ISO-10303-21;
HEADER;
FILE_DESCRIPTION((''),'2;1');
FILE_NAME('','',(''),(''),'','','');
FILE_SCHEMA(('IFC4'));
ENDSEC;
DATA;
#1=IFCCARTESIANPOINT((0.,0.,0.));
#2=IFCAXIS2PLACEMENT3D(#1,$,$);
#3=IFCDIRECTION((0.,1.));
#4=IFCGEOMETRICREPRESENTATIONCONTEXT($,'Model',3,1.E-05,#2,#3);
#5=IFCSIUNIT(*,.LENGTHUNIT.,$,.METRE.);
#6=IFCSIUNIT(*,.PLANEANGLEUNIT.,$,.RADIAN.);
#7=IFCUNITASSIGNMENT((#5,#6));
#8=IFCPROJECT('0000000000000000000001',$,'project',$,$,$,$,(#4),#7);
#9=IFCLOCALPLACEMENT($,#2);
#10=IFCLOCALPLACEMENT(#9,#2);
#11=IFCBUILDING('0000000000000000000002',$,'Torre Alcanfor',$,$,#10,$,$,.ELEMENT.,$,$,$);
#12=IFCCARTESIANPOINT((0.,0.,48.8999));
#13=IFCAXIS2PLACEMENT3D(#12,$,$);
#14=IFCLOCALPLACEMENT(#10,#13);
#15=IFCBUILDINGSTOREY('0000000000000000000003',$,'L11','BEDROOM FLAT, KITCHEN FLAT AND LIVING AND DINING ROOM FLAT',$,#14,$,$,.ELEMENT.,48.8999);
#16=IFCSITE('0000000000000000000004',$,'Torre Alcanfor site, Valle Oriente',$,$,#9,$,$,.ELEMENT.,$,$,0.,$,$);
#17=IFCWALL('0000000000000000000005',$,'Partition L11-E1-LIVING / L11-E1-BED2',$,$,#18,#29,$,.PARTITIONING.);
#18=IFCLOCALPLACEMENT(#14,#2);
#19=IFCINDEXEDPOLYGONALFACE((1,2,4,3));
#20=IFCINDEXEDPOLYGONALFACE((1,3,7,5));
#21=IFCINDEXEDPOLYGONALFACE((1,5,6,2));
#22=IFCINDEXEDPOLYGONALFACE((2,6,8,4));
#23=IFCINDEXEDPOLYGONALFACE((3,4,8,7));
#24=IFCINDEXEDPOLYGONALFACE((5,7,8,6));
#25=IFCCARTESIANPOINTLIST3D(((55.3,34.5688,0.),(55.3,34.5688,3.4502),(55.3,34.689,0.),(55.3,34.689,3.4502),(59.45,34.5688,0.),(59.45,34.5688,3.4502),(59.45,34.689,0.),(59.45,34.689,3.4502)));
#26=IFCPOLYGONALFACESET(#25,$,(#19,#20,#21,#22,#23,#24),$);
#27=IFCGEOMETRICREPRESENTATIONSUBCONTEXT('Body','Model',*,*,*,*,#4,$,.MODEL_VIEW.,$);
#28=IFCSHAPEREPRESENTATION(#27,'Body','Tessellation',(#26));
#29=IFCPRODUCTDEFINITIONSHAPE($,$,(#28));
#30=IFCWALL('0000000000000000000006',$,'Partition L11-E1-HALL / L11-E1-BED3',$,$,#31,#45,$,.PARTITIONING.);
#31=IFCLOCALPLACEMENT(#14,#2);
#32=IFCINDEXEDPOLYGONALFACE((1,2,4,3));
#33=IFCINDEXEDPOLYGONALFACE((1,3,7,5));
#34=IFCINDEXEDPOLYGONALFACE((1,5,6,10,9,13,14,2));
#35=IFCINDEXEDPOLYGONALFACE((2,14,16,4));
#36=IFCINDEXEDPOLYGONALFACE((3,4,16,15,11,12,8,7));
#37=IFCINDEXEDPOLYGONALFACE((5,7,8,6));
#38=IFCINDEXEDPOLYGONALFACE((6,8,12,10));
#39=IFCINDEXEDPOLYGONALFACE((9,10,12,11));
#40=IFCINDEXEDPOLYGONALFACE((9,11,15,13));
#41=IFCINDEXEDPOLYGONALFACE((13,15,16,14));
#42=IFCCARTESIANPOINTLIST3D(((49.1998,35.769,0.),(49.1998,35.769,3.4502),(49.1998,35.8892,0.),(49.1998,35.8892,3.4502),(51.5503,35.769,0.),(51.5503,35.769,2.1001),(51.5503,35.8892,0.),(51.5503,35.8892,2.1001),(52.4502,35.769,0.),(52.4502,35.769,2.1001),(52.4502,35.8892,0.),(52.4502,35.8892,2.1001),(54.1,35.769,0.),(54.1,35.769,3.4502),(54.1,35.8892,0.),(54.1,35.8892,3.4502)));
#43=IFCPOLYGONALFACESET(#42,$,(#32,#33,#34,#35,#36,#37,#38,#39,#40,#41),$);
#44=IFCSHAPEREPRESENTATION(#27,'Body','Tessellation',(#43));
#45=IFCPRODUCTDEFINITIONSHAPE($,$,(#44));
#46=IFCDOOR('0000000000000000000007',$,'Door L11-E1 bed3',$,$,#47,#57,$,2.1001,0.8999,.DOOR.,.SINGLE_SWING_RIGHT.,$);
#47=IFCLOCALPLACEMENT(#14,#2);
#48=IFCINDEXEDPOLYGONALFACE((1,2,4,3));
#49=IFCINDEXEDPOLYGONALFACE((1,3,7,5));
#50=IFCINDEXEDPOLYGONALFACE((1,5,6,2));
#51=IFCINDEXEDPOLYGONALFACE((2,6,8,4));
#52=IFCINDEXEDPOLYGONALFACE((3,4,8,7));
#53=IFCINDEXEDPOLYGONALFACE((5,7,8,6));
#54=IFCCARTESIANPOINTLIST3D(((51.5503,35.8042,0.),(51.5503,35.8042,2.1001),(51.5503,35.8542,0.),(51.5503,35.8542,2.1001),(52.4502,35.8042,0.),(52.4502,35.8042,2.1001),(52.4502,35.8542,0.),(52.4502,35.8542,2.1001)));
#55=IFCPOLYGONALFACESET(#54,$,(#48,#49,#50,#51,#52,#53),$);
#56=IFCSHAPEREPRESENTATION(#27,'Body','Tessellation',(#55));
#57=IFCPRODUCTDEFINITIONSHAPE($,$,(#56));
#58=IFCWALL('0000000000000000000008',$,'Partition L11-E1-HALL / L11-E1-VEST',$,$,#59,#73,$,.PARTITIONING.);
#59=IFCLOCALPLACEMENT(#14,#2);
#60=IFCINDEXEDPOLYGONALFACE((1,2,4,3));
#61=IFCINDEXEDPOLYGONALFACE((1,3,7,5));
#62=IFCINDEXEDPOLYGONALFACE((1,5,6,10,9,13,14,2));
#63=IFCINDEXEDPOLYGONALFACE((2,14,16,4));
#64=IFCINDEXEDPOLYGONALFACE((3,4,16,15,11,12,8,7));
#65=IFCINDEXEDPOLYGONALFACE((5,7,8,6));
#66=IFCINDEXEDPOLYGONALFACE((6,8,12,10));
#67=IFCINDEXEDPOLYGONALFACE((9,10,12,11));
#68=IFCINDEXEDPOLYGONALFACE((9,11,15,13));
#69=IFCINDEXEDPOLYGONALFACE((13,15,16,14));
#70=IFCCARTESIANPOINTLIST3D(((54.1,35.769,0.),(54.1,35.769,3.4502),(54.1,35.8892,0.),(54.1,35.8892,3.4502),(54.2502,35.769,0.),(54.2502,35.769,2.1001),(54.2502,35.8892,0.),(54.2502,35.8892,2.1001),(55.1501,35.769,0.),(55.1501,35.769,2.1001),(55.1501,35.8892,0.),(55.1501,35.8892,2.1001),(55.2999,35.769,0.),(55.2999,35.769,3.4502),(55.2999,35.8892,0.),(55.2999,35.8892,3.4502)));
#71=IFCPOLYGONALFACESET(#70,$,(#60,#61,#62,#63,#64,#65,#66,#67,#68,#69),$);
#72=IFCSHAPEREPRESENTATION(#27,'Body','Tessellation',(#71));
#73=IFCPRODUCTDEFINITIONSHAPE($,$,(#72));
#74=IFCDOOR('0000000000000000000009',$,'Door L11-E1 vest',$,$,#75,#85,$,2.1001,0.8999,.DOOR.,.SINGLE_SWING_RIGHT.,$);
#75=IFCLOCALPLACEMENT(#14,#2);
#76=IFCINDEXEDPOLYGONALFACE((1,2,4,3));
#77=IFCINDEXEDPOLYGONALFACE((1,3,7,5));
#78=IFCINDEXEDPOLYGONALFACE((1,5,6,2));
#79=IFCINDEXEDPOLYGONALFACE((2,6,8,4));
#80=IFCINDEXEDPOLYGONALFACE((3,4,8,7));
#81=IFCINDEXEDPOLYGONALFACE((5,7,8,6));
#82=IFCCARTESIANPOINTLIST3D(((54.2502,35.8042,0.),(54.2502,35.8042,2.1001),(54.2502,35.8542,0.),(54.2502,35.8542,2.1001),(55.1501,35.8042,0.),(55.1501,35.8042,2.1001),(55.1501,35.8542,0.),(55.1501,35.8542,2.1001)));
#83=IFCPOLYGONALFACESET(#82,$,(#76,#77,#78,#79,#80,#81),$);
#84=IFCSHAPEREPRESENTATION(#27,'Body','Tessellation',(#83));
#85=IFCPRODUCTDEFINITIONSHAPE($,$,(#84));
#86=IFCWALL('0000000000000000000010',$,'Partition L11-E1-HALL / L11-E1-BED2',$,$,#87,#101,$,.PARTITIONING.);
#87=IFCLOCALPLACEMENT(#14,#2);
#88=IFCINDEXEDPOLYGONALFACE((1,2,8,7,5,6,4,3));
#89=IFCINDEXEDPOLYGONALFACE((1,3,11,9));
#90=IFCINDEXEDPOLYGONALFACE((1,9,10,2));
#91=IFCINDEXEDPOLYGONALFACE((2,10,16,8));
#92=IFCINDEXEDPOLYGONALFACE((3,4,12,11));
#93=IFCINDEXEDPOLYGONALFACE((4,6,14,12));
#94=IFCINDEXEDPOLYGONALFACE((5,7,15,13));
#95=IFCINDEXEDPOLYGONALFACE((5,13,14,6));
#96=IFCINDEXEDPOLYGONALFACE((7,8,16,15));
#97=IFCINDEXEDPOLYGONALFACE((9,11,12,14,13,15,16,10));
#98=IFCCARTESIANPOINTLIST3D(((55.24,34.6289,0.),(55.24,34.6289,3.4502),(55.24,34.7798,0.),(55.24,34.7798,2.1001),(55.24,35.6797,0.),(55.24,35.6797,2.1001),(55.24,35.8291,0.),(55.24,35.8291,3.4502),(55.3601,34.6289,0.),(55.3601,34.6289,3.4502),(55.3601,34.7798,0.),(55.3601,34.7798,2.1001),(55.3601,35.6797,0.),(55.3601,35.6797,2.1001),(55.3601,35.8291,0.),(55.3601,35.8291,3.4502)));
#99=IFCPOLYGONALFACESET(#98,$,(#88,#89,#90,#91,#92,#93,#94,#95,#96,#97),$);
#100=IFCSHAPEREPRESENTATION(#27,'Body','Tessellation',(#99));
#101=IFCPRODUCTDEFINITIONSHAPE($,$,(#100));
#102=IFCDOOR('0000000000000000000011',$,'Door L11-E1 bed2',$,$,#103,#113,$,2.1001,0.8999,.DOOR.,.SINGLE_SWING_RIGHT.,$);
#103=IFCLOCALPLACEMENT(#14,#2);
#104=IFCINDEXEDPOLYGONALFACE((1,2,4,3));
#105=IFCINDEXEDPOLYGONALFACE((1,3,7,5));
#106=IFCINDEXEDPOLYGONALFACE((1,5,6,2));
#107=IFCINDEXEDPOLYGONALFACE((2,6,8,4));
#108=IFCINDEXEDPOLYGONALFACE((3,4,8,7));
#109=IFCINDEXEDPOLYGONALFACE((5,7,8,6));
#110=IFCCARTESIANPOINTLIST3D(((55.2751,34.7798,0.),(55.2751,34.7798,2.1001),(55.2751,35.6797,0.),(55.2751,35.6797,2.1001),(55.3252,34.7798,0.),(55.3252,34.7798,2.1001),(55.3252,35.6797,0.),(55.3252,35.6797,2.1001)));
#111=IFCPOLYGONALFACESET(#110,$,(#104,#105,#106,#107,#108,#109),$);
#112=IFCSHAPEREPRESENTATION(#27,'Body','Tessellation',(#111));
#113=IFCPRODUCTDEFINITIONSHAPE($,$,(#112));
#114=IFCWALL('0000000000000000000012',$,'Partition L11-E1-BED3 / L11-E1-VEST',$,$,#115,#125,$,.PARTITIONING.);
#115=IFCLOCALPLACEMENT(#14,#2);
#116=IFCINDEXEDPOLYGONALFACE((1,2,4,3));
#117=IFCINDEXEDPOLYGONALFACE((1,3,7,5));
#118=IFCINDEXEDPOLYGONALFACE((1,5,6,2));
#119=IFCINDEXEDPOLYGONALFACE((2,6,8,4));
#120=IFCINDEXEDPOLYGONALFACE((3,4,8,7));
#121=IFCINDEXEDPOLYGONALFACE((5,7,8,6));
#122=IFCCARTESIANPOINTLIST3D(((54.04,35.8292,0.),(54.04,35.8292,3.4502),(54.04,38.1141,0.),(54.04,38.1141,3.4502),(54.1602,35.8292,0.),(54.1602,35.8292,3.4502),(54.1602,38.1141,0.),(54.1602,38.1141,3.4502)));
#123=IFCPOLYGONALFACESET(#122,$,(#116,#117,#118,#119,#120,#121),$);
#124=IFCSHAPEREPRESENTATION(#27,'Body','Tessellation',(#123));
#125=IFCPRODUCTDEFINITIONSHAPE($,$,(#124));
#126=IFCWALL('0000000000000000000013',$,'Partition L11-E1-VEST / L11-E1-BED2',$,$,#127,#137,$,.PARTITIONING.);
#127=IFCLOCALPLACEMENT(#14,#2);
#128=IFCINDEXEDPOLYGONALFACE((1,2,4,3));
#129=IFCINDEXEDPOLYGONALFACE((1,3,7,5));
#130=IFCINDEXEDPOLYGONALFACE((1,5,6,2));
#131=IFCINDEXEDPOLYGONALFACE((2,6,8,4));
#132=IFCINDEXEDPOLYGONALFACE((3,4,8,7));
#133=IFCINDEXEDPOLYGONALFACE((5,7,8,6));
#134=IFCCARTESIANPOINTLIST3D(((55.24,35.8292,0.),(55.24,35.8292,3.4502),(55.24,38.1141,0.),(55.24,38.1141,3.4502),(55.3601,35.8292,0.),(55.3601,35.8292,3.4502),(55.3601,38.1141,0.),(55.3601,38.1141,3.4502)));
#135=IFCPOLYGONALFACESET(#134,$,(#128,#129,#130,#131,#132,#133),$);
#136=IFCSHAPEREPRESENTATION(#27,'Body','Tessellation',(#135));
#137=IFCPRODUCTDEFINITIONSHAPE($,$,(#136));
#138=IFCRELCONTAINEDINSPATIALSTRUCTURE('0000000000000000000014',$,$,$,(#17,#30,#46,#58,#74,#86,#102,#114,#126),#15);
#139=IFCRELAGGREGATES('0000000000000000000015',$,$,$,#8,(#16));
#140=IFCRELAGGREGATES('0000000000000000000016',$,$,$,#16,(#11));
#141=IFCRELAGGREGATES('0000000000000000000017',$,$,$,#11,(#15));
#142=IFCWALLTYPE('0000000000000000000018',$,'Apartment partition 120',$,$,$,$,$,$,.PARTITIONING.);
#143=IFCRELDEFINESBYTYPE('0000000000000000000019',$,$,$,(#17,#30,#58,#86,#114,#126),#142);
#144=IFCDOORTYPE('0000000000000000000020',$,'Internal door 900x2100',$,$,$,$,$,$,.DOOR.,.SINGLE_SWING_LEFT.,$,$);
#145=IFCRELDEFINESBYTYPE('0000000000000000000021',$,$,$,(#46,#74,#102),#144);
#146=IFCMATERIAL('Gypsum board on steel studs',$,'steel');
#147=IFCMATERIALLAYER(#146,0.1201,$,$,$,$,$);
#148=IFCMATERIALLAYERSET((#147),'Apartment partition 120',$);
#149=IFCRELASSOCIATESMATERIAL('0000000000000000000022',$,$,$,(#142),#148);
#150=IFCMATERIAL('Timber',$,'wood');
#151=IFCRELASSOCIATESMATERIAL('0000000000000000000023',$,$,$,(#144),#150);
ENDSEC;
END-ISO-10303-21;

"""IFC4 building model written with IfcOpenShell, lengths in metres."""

from ifc_helpers import new_model, si_unit, direction, frame, frame_2d, origin, place, context, subcontext, project, spatial, rectangle, extrude, material, layer, layer_set, type_object, element, fill, save


model = new_model("IFC4")

# Units and contexts
model_context = context("Model", 3, precision=1e-05, world=origin(), true_north=direction((0.0, 1.0)))
body_context = subcontext(model_context, "Body", "Model", "MODEL_VIEW")
ifc_project = project(units=[si_unit("LENGTHUNIT", "METRE"), si_unit("PLANEANGLEUNIT", "RADIAN")], contexts=[model_context])

# Site, building, storey
site_placement = place(None, origin())
site = spatial("IfcSite", under=ifc_project, at=site_placement, Name="Torre Alcanfor site, Valle Oriente", CompositionType="ELEMENT", RefElevation=0.0)
building_placement = place(site_placement, origin())
building = spatial("IfcBuilding", under=site, at=building_placement, Name="Torre Alcanfor", CompositionType="ELEMENT")
storey_placement = place(building_placement, frame((0.0, 0.0, 48.8999)))
storey = spatial("IfcBuildingStorey", under=building, at=storey_placement, Name="L11", Description="BEDROOM FLAT, KITCHEN FLAT AND LIVING AND DINING ROOM FLAT", CompositionType="ELEMENT", Elevation=48.8999)

# Shared definitions
ifc_material_1 = material(Name="Gypsum board on steel studs", Category="steel")
ifc_layer_1 = layer(ifc_material_1, 0.1201)
ifc_layer_set_1 = layer_set([ifc_layer_1], Name="Apartment partition 120")
wall_type = type_object("IfcWallType", Name="Apartment partition 120", PredefinedType="PARTITIONING", material=ifc_layer_set_1)
ifc_material_2 = material(Name="Timber", Category="wood")
door_type = type_object("IfcDoorType", Name="Internal door 900x2100", OperationType="SINGLE_SWING_LEFT", PredefinedType="DOOR", material=ifc_material_2)

# Wall
wall_1_placement = place(storey_placement, frame((59.45, 34.6289, 0.0), z_axis=(0.0, 0.0, 1.0), x_axis=(-1.0, 0.0, 0.0)))
element("IfcWall", 1, at=wall_1_placement, inside=storey, type_object=wall_type, Name="Partition L11-E1-LIVING / L11-E1-BED2", PredefinedType="PARTITIONING", context=body_context, shape_type="SweptSolid", body=[
    extrude(rectangle(XDim=4.1499, YDim=0.1201, at=frame_2d((2.075, 0.0))), origin(), (0.0, 0.0, 1.0), 3.4502),
])

# Walls, openings, doors
wall_2_placement = place(storey_placement, frame((54.1001, 35.8291, 0.0), z_axis=(0.0, 0.0, 1.0), x_axis=(-1.0, 0.0, 0.0)))
wall_2 = element("IfcWall", 2, at=wall_2_placement, inside=storey, type_object=wall_type, Name="Partition L11-E1-HALL / L11-E1-BED3", PredefinedType="PARTITIONING", context=body_context, shape_type="SweptSolid", body=[
    extrude(rectangle(XDim=4.9001, YDim=0.1201, at=frame_2d((2.4502, 0.0))), origin(), (0.0, 0.0, 1.0), 3.4502),
])
opening_1_placement = place(wall_2_placement, frame((1.6499, 0.0, 0.0)))
opening_1 = element("IfcOpeningElement", 3, at=opening_1_placement, cuts=wall_2, PredefinedType="OPENING", context=body_context, shape_type="SweptSolid", body=[
    extrude(rectangle(XDim=0.8999, YDim=2.1001, at=frame_2d((0.45, 1.05))), frame((0.0, 0.0701, 0.0), z_axis=(0.0, -1.0, 0.0), x_axis=(1.0, 0.0, 0.0)), (0.0, 0.0, 1.0), 0.1401),
])
door_1_placement = place(opening_1_placement, frame((0.8999, 0.0, 0.0), z_axis=(0.0, 0.0, 1.0), x_axis=(-1.0, 0.0, 0.0)))
door_1 = element("IfcDoor", 4, at=door_1_placement, inside=storey, type_object=door_type, Name="Door L11-E1 bed3", OperationType="SINGLE_SWING_RIGHT", OverallHeight=2.1001, OverallWidth=0.8999, PredefinedType="DOOR", context=body_context, shape_type="SweptSolid", body=[
    extrude(rectangle(XDim=0.8999, YDim=2.1001, at=frame_2d((0.45, 1.05))), frame((0.0, 0.0251, 0.0), z_axis=(0.0, -1.0, 0.0), x_axis=(1.0, 0.0, 0.0)), (0.0, 0.0, 1.0), 0.05),
])
fill(opening_1, door_1)
wall_3_placement = place(storey_placement, frame((55.3, 35.8291, 0.0), z_axis=(0.0, 0.0, 1.0), x_axis=(-1.0, 0.0, 0.0)))
wall_3 = element("IfcWall", 5, at=wall_3_placement, inside=storey, type_object=wall_type, Name="Partition L11-E1-HALL / L11-E1-VEST", PredefinedType="PARTITIONING", context=body_context, shape_type="SweptSolid", body=[
    extrude(rectangle(XDim=1.2, YDim=0.1201, at=frame_2d((0.6001, 0.0))), origin(), (0.0, 0.0, 1.0), 3.4502),
])
opening_2_placement = place(wall_3_placement, frame((0.1499, 0.0, 0.0)))
opening_2 = element("IfcOpeningElement", 6, at=opening_2_placement, cuts=wall_3, PredefinedType="OPENING", context=body_context, shape_type="SweptSolid", body=[
    extrude(rectangle(XDim=0.8999, YDim=2.1001, at=frame_2d((0.45, 1.05))), frame((0.0, 0.0701, 0.0), z_axis=(0.0, -1.0, 0.0), x_axis=(1.0, 0.0, 0.0)), (0.0, 0.0, 1.0), 0.1401),
])
door_2_placement = place(opening_2_placement, frame((0.8999, 0.0, 0.0), z_axis=(0.0, 0.0, 1.0), x_axis=(-1.0, 0.0, 0.0)))
door_2 = element("IfcDoor", 7, at=door_2_placement, inside=storey, type_object=door_type, Name="Door L11-E1 vest", OperationType="SINGLE_SWING_RIGHT", OverallHeight=2.1001, OverallWidth=0.8999, PredefinedType="DOOR", context=body_context, shape_type="SweptSolid", body=[
    extrude(rectangle(XDim=0.8999, YDim=2.1001, at=frame_2d((0.45, 1.05))), frame((0.0, 0.0251, 0.0), z_axis=(0.0, -1.0, 0.0), x_axis=(1.0, 0.0, 0.0)), (0.0, 0.0, 1.0), 0.05),
])
fill(opening_2, door_2)
wall_4_placement = place(storey_placement, frame((55.3, 34.6289, 0.0), z_axis=(0.0, 0.0, 1.0), x_axis=(0.0, 1.0, 0.0)))
wall_4 = element("IfcWall", 8, at=wall_4_placement, inside=storey, type_object=wall_type, Name="Partition L11-E1-HALL / L11-E1-BED2", PredefinedType="PARTITIONING", context=body_context, shape_type="SweptSolid", body=[
    extrude(rectangle(XDim=1.2002, YDim=0.1201, at=frame_2d((0.6001, 0.0))), origin(), (0.0, 0.0, 1.0), 3.4502),
])
opening_3_placement = place(wall_4_placement, frame((0.1509, 0.0, 0.0)))
opening_3 = element("IfcOpeningElement", 9, at=opening_3_placement, cuts=wall_4, PredefinedType="OPENING", context=body_context, shape_type="SweptSolid", body=[
    extrude(rectangle(XDim=0.8999, YDim=2.1001, at=frame_2d((0.45, 1.05))), frame((0.0, 0.0701, 0.0), z_axis=(0.0, -1.0, 0.0), x_axis=(1.0, 0.0, 0.0)), (0.0, 0.0, 1.0), 0.1401),
])
door_3_placement = place(opening_3_placement, frame((0.8999, 0.0, 0.0), z_axis=(0.0, 0.0, 1.0), x_axis=(-1.0, 0.0, 0.0)))
door_3 = element("IfcDoor", 10, at=door_3_placement, inside=storey, type_object=door_type, Name="Door L11-E1 bed2", OperationType="SINGLE_SWING_RIGHT", OverallHeight=2.1001, OverallWidth=0.8999, PredefinedType="DOOR", context=body_context, shape_type="SweptSolid", body=[
    extrude(rectangle(XDim=0.8999, YDim=2.1001, at=frame_2d((0.45, 1.05))), frame((0.0, 0.0251, 0.0), z_axis=(0.0, -1.0, 0.0), x_axis=(1.0, 0.0, 0.0)), (0.0, 0.0, 1.0), 0.05),
])
fill(opening_3, door_3)

# Walls
for number, where, z_axis, x_axis, name in (
    (11, (54.1001, 35.8291, 0.0), (0.0, 0.0, 1.0), (0.0, 1.0, 0.0), "Partition L11-E1-BED3 / L11-E1-VEST"),
    (12, (55.3, 35.8291, 0.0), (0.0, 0.0, 1.0), (0.0, 1.0, 0.0), "Partition L11-E1-VEST / L11-E1-BED2"),
):
    element("IfcWall", number, at=place(storey_placement, frame(where, z_axis=z_axis, x_axis=x_axis)), inside=storey, type_object=wall_type, Name=name, PredefinedType="PARTITIONING", context=body_context, shape_type="SweptSolid", body=[
        extrude(rectangle(XDim=2.2849, YDim=0.1201, at=frame_2d((1.1426, 0.0))), origin(), (0.0, 0.0, 1.0), 3.4502),
    ])

save(model, "model.ifc")
